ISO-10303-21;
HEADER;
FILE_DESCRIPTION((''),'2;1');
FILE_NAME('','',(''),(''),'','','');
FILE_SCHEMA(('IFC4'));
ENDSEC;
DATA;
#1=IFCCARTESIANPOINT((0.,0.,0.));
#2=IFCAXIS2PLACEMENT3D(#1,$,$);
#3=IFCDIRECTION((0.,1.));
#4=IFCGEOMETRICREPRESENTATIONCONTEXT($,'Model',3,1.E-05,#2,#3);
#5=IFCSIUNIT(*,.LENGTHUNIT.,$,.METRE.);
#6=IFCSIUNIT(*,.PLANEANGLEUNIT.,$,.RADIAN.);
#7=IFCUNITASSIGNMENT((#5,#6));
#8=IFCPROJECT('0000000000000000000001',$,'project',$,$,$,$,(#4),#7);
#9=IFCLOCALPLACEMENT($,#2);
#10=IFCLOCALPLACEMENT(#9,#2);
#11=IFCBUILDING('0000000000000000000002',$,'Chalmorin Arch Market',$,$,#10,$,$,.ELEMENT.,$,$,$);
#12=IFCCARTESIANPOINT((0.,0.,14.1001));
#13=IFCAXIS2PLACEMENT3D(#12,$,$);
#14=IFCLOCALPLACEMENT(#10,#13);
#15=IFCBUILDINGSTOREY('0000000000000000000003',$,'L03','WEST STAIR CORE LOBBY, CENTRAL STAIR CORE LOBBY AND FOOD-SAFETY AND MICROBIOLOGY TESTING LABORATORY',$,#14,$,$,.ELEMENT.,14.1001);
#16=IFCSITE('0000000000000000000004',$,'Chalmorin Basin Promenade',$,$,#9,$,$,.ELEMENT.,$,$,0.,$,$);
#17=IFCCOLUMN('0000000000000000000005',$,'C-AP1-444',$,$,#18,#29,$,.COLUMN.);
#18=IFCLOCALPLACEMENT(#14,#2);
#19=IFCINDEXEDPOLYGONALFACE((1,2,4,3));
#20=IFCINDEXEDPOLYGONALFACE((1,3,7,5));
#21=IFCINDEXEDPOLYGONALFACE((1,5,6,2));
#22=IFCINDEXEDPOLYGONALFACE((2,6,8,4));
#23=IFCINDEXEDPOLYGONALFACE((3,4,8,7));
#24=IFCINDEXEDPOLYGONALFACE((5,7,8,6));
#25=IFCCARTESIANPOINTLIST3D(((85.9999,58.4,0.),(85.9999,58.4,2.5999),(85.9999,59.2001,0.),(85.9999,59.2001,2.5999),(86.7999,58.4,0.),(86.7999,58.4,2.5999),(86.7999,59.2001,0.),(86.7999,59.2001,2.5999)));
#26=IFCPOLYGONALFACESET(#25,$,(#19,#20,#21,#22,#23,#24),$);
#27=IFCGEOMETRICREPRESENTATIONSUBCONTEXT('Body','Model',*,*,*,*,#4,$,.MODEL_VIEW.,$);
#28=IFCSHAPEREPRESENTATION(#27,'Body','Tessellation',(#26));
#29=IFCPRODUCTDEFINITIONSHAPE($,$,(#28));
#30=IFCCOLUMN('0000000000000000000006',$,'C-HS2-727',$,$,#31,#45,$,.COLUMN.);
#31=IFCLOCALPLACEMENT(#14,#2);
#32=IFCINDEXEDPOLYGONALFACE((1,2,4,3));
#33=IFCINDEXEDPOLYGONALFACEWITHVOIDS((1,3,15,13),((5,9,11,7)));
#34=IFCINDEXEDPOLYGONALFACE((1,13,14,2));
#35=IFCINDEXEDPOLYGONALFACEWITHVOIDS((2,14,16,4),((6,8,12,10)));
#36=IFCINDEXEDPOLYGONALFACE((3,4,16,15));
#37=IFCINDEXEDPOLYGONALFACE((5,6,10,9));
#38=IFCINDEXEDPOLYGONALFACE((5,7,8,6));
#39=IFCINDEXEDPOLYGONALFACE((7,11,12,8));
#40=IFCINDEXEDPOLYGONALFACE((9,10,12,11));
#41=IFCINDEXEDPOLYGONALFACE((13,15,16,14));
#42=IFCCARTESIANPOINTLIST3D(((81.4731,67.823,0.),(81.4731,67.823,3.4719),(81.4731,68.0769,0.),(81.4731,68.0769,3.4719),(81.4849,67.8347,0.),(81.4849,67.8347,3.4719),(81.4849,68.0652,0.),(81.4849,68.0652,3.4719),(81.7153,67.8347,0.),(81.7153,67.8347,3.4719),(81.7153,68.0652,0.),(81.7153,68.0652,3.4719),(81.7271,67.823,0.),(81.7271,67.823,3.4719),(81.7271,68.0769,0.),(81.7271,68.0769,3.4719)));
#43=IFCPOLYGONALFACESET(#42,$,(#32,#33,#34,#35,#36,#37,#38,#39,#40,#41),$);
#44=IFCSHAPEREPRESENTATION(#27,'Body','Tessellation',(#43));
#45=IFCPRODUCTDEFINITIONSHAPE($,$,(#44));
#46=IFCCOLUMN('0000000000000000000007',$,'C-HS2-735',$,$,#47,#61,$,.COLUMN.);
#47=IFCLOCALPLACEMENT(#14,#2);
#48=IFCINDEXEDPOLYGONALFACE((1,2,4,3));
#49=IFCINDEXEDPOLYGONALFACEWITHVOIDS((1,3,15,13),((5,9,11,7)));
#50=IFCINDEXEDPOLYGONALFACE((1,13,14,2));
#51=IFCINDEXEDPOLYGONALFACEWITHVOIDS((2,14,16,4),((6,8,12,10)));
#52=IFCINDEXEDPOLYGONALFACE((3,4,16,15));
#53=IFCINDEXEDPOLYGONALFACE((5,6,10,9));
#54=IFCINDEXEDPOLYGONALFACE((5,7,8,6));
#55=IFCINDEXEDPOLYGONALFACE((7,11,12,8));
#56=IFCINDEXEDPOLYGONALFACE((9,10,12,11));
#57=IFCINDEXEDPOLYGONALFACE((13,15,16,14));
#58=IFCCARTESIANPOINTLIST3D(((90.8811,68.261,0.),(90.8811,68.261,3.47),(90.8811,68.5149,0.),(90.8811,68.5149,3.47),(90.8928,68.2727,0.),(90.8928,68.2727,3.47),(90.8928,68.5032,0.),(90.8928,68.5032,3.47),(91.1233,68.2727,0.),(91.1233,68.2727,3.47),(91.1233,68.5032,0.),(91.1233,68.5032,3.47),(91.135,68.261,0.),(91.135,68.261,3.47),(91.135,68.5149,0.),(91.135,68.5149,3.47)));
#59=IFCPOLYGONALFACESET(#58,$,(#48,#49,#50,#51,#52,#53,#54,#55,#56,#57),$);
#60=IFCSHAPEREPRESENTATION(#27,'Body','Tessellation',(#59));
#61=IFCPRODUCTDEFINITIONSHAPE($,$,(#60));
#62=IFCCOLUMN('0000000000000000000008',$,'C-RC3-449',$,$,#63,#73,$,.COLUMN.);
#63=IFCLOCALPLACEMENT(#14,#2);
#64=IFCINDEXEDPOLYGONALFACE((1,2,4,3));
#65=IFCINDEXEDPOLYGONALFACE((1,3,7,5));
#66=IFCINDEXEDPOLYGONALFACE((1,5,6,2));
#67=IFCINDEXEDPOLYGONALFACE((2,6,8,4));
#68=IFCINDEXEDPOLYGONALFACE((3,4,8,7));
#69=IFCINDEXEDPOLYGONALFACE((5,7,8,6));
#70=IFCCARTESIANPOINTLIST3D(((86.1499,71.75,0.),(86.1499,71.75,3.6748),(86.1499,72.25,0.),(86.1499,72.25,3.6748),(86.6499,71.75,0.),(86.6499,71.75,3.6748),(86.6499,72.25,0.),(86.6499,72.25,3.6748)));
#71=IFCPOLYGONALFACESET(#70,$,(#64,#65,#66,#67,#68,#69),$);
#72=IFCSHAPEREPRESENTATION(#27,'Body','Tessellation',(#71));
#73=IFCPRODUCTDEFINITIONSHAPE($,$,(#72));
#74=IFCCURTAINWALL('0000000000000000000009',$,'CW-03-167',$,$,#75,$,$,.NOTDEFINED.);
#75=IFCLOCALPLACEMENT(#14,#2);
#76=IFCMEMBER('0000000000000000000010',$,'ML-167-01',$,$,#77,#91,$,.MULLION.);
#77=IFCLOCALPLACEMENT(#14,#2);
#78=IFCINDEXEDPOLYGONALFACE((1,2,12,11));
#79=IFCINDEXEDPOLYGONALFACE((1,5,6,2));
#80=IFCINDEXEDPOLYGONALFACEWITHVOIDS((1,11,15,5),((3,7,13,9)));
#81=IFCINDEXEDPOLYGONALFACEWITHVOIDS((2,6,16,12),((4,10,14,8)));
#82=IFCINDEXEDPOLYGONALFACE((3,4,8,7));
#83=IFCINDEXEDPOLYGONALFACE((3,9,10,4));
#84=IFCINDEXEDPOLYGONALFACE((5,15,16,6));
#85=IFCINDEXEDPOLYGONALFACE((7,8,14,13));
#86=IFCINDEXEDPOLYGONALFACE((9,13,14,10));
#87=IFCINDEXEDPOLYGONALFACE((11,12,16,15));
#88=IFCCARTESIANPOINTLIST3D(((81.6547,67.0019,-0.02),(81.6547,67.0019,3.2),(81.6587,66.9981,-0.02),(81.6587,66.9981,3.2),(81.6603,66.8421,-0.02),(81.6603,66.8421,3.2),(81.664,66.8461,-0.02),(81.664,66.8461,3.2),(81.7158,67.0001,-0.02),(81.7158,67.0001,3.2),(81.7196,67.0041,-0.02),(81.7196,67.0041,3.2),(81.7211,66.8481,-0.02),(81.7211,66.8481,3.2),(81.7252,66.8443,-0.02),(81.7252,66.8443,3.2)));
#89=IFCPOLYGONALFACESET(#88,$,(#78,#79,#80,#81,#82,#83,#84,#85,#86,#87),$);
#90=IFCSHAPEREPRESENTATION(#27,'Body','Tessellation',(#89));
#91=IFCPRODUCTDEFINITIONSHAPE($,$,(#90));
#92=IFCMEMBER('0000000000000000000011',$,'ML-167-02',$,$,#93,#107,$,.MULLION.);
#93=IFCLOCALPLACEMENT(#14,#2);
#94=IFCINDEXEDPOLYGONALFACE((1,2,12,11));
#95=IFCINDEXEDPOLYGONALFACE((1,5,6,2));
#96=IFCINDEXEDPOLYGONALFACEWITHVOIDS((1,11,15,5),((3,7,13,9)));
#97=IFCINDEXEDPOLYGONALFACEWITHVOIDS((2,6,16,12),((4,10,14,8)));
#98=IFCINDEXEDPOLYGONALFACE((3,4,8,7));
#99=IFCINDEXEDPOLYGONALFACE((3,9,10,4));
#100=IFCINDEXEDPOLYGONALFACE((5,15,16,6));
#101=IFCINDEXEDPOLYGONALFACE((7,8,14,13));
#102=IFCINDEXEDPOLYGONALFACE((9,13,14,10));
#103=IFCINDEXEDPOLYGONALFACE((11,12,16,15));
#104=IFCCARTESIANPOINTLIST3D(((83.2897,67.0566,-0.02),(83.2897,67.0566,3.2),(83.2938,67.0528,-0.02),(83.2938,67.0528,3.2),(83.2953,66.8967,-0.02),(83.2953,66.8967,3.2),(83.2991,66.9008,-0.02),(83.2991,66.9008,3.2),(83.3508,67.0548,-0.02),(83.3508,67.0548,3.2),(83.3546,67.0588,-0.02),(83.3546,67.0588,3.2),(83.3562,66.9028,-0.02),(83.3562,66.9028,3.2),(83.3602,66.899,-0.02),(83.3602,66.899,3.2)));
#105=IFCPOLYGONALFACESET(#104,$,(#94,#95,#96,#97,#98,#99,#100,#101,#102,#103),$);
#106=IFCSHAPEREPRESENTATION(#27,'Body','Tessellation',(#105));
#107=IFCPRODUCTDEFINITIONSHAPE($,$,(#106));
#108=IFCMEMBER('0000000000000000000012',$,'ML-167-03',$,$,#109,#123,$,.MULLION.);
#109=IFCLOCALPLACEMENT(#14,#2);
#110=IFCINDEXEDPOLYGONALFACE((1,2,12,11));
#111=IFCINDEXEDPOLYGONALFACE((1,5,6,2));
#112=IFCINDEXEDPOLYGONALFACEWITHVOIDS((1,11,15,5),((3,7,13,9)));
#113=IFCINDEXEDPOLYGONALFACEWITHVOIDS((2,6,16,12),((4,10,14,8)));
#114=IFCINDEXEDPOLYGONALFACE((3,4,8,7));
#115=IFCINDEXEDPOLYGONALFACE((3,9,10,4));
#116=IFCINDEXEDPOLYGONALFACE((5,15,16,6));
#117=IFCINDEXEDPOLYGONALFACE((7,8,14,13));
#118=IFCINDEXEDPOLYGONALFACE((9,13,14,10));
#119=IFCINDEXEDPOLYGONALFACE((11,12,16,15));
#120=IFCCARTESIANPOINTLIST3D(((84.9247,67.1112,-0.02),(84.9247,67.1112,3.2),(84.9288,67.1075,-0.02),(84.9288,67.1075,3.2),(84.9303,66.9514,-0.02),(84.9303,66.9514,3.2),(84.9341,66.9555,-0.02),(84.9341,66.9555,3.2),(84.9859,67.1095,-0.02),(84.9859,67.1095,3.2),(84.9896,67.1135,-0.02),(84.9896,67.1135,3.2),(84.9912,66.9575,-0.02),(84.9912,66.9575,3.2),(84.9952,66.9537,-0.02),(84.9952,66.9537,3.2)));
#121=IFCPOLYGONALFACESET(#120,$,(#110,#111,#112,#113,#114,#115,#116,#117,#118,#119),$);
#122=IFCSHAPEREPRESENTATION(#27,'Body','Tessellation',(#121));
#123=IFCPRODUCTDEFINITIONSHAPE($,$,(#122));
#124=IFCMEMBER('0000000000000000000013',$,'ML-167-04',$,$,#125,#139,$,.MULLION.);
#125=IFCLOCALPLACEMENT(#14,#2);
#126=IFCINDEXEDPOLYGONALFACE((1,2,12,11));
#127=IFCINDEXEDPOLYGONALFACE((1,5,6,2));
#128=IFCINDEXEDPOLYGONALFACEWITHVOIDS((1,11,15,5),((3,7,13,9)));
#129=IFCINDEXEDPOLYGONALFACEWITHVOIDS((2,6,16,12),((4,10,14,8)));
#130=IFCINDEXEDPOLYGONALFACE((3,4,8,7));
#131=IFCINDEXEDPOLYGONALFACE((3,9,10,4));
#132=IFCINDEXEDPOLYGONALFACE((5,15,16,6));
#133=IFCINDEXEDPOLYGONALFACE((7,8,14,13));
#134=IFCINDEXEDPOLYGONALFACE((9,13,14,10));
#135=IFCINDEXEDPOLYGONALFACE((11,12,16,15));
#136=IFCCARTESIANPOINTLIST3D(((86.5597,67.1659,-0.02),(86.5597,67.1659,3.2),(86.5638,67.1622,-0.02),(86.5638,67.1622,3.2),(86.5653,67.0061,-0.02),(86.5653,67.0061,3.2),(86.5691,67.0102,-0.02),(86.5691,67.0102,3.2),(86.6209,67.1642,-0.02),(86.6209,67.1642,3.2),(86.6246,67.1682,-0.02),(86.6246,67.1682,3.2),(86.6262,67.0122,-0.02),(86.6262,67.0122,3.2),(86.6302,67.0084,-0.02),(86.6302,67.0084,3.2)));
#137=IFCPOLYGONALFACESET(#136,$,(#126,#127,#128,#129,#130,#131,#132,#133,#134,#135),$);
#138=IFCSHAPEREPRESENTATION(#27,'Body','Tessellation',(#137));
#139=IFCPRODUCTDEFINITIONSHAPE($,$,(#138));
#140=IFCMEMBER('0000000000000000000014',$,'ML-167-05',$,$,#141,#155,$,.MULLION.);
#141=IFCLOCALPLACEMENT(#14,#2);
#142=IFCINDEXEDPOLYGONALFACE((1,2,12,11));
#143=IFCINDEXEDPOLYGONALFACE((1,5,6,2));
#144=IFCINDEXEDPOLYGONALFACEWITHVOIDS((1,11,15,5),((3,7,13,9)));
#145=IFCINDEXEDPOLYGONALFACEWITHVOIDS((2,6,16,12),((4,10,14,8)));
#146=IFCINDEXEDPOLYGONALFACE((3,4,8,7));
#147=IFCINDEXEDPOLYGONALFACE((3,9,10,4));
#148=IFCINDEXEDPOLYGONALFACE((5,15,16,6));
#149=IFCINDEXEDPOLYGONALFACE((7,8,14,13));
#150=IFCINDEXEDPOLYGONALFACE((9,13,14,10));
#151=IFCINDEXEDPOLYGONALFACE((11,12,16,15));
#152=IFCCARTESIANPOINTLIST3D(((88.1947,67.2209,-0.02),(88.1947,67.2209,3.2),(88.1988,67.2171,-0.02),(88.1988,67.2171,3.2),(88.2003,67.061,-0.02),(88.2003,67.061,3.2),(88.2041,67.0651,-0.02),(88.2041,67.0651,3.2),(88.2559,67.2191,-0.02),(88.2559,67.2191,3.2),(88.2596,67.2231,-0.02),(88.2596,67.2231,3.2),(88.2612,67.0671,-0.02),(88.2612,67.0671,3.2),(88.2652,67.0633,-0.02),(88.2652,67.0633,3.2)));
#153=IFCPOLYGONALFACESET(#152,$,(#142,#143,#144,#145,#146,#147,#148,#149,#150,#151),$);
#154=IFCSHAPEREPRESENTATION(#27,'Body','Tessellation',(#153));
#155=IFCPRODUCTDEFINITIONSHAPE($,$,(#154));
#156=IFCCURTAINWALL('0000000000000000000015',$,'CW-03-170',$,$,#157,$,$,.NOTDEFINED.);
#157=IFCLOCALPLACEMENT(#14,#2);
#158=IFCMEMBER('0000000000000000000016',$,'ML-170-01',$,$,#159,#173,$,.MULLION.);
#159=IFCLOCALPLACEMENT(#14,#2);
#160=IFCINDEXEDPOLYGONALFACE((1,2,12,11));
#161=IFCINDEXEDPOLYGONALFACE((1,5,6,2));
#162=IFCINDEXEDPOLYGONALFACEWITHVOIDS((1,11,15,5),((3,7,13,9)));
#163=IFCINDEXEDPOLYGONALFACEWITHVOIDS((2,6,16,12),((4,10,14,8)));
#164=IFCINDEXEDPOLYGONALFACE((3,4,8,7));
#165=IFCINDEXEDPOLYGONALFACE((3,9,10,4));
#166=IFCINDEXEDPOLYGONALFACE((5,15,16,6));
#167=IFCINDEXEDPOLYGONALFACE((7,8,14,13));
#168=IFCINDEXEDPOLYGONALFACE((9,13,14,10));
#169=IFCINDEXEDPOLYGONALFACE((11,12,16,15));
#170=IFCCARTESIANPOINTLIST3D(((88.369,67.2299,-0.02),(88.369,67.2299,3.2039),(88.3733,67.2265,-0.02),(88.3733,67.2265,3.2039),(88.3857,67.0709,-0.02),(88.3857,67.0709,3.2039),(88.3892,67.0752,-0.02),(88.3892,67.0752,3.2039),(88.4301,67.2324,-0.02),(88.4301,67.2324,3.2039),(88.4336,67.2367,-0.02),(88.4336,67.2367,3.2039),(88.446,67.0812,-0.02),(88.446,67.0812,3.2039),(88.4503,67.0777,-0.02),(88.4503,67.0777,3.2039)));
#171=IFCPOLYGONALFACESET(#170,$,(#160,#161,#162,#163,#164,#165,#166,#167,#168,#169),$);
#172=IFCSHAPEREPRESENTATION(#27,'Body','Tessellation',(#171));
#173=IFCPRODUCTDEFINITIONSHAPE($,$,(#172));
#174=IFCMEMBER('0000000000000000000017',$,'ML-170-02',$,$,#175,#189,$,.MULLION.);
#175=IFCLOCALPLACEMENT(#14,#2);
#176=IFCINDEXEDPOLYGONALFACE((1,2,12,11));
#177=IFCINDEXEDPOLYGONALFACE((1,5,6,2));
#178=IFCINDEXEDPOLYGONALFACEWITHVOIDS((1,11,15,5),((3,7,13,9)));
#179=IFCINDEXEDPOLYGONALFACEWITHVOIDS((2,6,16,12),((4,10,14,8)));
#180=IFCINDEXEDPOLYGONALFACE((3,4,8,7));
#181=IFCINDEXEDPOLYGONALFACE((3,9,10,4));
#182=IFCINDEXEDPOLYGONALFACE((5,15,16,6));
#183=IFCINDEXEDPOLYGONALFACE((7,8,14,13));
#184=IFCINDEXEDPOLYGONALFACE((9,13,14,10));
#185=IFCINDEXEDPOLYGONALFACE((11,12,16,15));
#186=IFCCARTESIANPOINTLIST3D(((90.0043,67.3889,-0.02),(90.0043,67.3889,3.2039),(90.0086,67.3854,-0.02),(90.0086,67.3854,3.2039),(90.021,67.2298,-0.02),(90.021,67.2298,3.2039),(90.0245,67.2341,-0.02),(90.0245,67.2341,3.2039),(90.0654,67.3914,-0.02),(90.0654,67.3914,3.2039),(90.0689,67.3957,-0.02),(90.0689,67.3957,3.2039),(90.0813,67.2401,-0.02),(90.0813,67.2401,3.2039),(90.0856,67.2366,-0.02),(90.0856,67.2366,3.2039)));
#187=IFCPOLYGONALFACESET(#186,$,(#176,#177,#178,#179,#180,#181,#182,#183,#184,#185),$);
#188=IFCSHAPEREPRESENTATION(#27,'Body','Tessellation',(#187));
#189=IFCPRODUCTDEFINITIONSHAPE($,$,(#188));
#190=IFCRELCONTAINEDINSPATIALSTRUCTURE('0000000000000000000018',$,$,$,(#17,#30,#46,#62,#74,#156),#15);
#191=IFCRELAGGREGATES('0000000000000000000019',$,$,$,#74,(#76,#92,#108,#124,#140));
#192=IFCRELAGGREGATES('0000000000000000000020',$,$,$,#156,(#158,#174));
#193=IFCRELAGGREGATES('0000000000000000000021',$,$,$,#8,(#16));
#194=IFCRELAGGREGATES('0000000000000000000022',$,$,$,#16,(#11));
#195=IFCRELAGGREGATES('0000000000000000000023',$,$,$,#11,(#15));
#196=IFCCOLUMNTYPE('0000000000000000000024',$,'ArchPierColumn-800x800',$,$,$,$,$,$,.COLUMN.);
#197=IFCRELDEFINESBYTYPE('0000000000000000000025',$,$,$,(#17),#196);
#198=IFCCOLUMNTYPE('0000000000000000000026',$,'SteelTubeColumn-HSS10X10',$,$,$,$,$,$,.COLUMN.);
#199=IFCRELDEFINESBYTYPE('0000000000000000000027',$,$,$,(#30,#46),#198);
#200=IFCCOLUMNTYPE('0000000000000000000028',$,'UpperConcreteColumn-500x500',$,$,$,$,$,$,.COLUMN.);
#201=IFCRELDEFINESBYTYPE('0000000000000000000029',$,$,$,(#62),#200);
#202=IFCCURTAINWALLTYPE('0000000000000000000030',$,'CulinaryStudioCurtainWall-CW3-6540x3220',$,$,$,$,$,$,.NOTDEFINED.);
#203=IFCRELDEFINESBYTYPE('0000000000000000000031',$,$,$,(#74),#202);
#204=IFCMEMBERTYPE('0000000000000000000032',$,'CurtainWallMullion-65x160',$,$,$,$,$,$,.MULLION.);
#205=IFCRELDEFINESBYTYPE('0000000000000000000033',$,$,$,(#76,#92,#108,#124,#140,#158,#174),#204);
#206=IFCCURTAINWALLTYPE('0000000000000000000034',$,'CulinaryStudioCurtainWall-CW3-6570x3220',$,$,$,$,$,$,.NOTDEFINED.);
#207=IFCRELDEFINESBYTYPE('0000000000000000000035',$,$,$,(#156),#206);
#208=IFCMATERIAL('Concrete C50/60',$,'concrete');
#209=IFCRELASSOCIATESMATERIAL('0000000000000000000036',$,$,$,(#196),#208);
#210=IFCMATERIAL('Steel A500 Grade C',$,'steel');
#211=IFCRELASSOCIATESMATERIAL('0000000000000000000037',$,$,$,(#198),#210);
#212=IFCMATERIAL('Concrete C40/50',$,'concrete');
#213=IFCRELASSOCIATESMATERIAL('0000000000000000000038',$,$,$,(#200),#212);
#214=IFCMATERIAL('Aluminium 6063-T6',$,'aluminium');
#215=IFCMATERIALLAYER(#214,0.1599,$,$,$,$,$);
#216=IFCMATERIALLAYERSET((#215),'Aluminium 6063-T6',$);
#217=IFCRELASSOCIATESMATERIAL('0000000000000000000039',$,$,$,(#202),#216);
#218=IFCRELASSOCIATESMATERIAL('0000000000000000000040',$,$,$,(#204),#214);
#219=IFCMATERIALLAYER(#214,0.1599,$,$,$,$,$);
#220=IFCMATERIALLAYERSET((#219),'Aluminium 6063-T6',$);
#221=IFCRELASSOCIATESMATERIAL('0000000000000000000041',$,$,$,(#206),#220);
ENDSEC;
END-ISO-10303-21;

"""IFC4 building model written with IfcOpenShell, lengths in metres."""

from ifc_helpers import new_model, si_unit, direction, frame, origin, origin_2d, place, context, subcontext, project, spatial, rectangle, hollow_rectangle, extrude, material, layer, layer_set, material_profile, profile_set, type_object, element, aggregate, save


model = new_model("IFC4")

# Units and contexts
model_context = context("Model", 3, precision=1e-05, world=origin(), true_north=direction((0.0, 1.0)))
body_context = subcontext(model_context, "Body", "Model", "MODEL_VIEW")
ifc_project = project(units=[si_unit("LENGTHUNIT", "METRE"), si_unit("PLANEANGLEUNIT", "RADIAN")], contexts=[model_context])

# Site, building, storey
site_placement = place(None, origin())
site = spatial("IfcSite", under=ifc_project, at=site_placement, Name="Chalmorin Basin Promenade", CompositionType="ELEMENT", RefElevation=0.0)
building_placement = place(site_placement, origin())
building = spatial("IfcBuilding", under=site, at=building_placement, Name="Chalmorin Arch Market", CompositionType="ELEMENT")
storey_placement = place(building_placement, frame((0.0, 0.0, 14.1001)))
storey = spatial("IfcBuildingStorey", under=building, at=storey_placement, Name="L03", Description="WEST STAIR CORE LOBBY, CENTRAL STAIR CORE LOBBY AND FOOD-SAFETY AND MICROBIOLOGY TESTING LABORATORY", CompositionType="ELEMENT", Elevation=14.1001)

# Columns
ifc_material_1 = material(Name="Concrete C50/60", Category="concrete")
ifc_material_profile_1 = material_profile(ifc_material_1, rectangle(XDim=0.8, YDim=0.8, at=origin_2d()), Name="RC800X800")
ifc_profile_set_1 = profile_set([ifc_material_profile_1], Name="Concrete C50/60")
column_type_1 = type_object("IfcColumnType", Name="ArchPierColumn-800x800", PredefinedType="COLUMN", material=ifc_profile_set_1)
column_1_placement = place(storey_placement, frame((86.3999, 58.8, 0.0), z_axis=(0.0, 0.0, 1.0), x_axis=(1.0, 0.0, 0.0)))
element("IfcColumn", 1, at=column_1_placement, inside=storey, type_object=column_type_1, Name="C-AP1-444", PredefinedType="COLUMN", context=body_context, shape_type="SweptSolid", body=[
    extrude(rectangle(XDim=0.8, YDim=0.8, at=origin_2d()), origin(), (0.0, 0.0, 1.0), 2.5999),
])
ifc_material_2 = material(Name="Steel A500 Grade C", Category="steel")
ifc_material_profile_2 = material_profile(ifc_material_2, hollow_rectangle(XDim=0.2539, YDim=0.2539, WallThickness=0.0117, at=origin_2d()), Name="HSS10X10X1/2")
ifc_profile_set_2 = profile_set([ifc_material_profile_2], Name="Steel A500 Grade C")
column_type_2 = type_object("IfcColumnType", Name="SteelTubeColumn-HSS10X10", PredefinedType="COLUMN", material=ifc_profile_set_2)
column_2_placement = place(storey_placement, frame((81.6001, 67.95, 0.0), z_axis=(0.0, 0.0, 1.0), x_axis=(1.0, 0.0, 0.0)))
element("IfcColumn", 2, at=column_2_placement, inside=storey, type_object=column_type_2, Name="C-HS2-727", PredefinedType="COLUMN", context=body_context, shape_type="SweptSolid", body=[
    extrude(hollow_rectangle(XDim=0.2539, YDim=0.2539, WallThickness=0.0117, at=origin_2d()), origin(), (0.0, 0.0, 1.0), 3.4719),
])
column_3_placement = place(storey_placement, frame((91.0081, 68.3879, 0.0), z_axis=(0.0, 0.0, 1.0), x_axis=(1.0, 0.0, 0.0)))
element("IfcColumn", 3, at=column_3_placement, inside=storey, type_object=column_type_2, Name="C-HS2-735", PredefinedType="COLUMN", context=body_context, shape_type="SweptSolid", body=[
    extrude(hollow_rectangle(XDim=0.2539, YDim=0.2539, WallThickness=0.0117, at=origin_2d()), origin(), (0.0, 0.0, 1.0), 3.47),
])
ifc_material_3 = material(Name="Concrete C40/50", Category="concrete")
ifc_material_profile_3 = material_profile(ifc_material_3, rectangle(XDim=0.5, YDim=0.5, at=origin_2d()), Name="RC500X500")
ifc_profile_set_3 = profile_set([ifc_material_profile_3], Name="Concrete C40/50")
column_type_3 = type_object("IfcColumnType", Name="UpperConcreteColumn-500x500", PredefinedType="COLUMN", material=ifc_profile_set_3)
column_4_placement = place(storey_placement, frame((86.3999, 72.0, 0.0), z_axis=(0.0, 0.0, 1.0), x_axis=(1.0, 0.0, 0.0)))
element("IfcColumn", 4, at=column_4_placement, inside=storey, type_object=column_type_3, Name="C-RC3-449", PredefinedType="COLUMN", context=body_context, shape_type="SweptSolid", body=[
    extrude(rectangle(XDim=0.5, YDim=0.5, at=origin_2d()), origin(), (0.0, 0.0, 1.0), 3.6748),
])

# Curtain walls, members
ifc_material_4 = material(Name="Aluminium 6063-T6", Category="aluminium")
ifc_layer_1 = layer(ifc_material_4, 0.1599)
ifc_layer_set_1 = layer_set([ifc_layer_1], Name="Aluminium 6063-T6")
curtain_wall_type_1 = type_object("IfcCurtainWallType", Name="CulinaryStudioCurtainWall-CW3-6540x3220", PredefinedType="NOTDEFINED", material=ifc_layer_set_1)
curtain_wall_1_placement = place(storey_placement, origin())
curtain_wall_1 = element("IfcCurtainWall", 5, at=curtain_wall_1_placement, inside=storey, type_object=curtain_wall_type_1, Name="CW-03-167", PredefinedType="NOTDEFINED")
ifc_material_profile_4 = material_profile(ifc_material_4, hollow_rectangle(XDim=0.0649, YDim=0.1599, WallThickness=0.0039, at=origin_2d()), Name="ALU65X160X4")
ifc_profile_set_4 = profile_set([ifc_material_profile_4], Name="Aluminium 6063-T6")
member_type_1 = type_object("IfcMemberType", Name="CurtainWallMullion-65x160", PredefinedType="MULLION", material=ifc_profile_set_4)
member_1_placement = place(storey_placement, frame((81.6899, 66.9231, -0.02), z_axis=(0.0, 0.0, 1.0), x_axis=(0.999391, 0.034899, 0.0)))
member_1 = element("IfcMember", 6, at=member_1_placement, type_object=member_type_1, Name="ML-167-01", PredefinedType="MULLION", context=body_context, shape_type="SweptSolid", body=[
    extrude(hollow_rectangle(XDim=0.0649, YDim=0.1599, WallThickness=0.0039, at=origin_2d()), origin(), (0.0, 0.0, 1.0), 3.22),
])
member_2_placement = place(storey_placement, frame((83.325, 66.9778, -0.02), z_axis=(0.0, 0.0, 1.0), x_axis=(0.999391, 0.034899, 0.0)))
member_2 = element("IfcMember", 7, at=member_2_placement, type_object=member_type_1, Name="ML-167-02", PredefinedType="MULLION", context=body_context, shape_type="SweptSolid", body=[
    extrude(hollow_rectangle(XDim=0.0649, YDim=0.1599, WallThickness=0.0039, at=origin_2d()), origin(), (0.0, 0.0, 1.0), 3.22),
])
member_3_placement = place(storey_placement, frame((84.96, 67.0325, -0.02), z_axis=(0.0, 0.0, 1.0), x_axis=(0.999391, 0.034899, 0.0)))
member_3 = element("IfcMember", 8, at=member_3_placement, type_object=member_type_1, Name="ML-167-03", PredefinedType="MULLION", context=body_context, shape_type="SweptSolid", body=[
    extrude(hollow_rectangle(XDim=0.0649, YDim=0.1599, WallThickness=0.0039, at=origin_2d()), origin(), (0.0, 0.0, 1.0), 3.22),
])
member_4_placement = place(storey_placement, frame((86.595, 67.0872, -0.02), z_axis=(0.0, 0.0, 1.0), x_axis=(0.999391, 0.034899, 0.0)))
member_4 = element("IfcMember", 9, at=member_4_placement, type_object=member_type_1, Name="ML-167-04", PredefinedType="MULLION", context=body_context, shape_type="SweptSolid", body=[
    extrude(hollow_rectangle(XDim=0.0649, YDim=0.1599, WallThickness=0.0039, at=origin_2d()), origin(), (0.0, 0.0, 1.0), 3.22),
])
member_5_placement = place(storey_placement, frame((88.23, 67.1421, -0.02), z_axis=(0.0, 0.0, 1.0), x_axis=(0.999391, 0.034899, 0.0)))
member_5 = element("IfcMember", 10, at=member_5_placement, type_object=member_type_1, Name="ML-167-05", PredefinedType="MULLION", context=body_context, shape_type="SweptSolid", body=[
    extrude(hollow_rectangle(XDim=0.0649, YDim=0.1599, WallThickness=0.0039, at=origin_2d()), origin(), (0.0, 0.0, 1.0), 3.22),
])
ifc_layer_2 = layer(ifc_material_4, 0.1599)
ifc_layer_set_2 = layer_set([ifc_layer_2], Name="Aluminium 6063-T6")
curtain_wall_type_2 = type_object("IfcCurtainWallType", Name="CulinaryStudioCurtainWall-CW3-6570x3220", PredefinedType="NOTDEFINED", material=ifc_layer_set_2)
curtain_wall_2_placement = place(storey_placement, origin())
curtain_wall_2 = element("IfcCurtainWall", 11, at=curtain_wall_2_placement, inside=storey, type_object=curtain_wall_type_2, Name="CW-03-170", PredefinedType="NOTDEFINED")
member_6_placement = place(storey_placement, frame((88.4097, 67.1538, -0.02), z_axis=(0.0, 0.0, 1.0), x_axis=(0.994522, 0.104528, 0.0)))
member_6 = element("IfcMember", 12, at=member_6_placement, type_object=member_type_1, Name="ML-170-01", PredefinedType="MULLION", context=body_context, shape_type="SweptSolid", body=[
    extrude(hollow_rectangle(XDim=0.0649, YDim=0.1599, WallThickness=0.0039, at=origin_2d()), origin(), (0.0, 0.0, 1.0), 3.2239),
])
member_7_placement = place(storey_placement, frame((90.0449, 67.3127, -0.02), z_axis=(0.0, 0.0, 1.0), x_axis=(0.994522, 0.104528, 0.0)))
member_7 = element("IfcMember", 13, at=member_7_placement, type_object=member_type_1, Name="ML-170-02", PredefinedType="MULLION", context=body_context, shape_type="SweptSolid", body=[
    extrude(hollow_rectangle(XDim=0.0649, YDim=0.1599, WallThickness=0.0039, at=origin_2d()), origin(), (0.0, 0.0, 1.0), 3.2239),
])

aggregate(curtain_wall_1, [member_1, member_2, member_3, member_4, member_5])
aggregate(curtain_wall_2, [member_6, member_7])

save(model, "model.ifc")
